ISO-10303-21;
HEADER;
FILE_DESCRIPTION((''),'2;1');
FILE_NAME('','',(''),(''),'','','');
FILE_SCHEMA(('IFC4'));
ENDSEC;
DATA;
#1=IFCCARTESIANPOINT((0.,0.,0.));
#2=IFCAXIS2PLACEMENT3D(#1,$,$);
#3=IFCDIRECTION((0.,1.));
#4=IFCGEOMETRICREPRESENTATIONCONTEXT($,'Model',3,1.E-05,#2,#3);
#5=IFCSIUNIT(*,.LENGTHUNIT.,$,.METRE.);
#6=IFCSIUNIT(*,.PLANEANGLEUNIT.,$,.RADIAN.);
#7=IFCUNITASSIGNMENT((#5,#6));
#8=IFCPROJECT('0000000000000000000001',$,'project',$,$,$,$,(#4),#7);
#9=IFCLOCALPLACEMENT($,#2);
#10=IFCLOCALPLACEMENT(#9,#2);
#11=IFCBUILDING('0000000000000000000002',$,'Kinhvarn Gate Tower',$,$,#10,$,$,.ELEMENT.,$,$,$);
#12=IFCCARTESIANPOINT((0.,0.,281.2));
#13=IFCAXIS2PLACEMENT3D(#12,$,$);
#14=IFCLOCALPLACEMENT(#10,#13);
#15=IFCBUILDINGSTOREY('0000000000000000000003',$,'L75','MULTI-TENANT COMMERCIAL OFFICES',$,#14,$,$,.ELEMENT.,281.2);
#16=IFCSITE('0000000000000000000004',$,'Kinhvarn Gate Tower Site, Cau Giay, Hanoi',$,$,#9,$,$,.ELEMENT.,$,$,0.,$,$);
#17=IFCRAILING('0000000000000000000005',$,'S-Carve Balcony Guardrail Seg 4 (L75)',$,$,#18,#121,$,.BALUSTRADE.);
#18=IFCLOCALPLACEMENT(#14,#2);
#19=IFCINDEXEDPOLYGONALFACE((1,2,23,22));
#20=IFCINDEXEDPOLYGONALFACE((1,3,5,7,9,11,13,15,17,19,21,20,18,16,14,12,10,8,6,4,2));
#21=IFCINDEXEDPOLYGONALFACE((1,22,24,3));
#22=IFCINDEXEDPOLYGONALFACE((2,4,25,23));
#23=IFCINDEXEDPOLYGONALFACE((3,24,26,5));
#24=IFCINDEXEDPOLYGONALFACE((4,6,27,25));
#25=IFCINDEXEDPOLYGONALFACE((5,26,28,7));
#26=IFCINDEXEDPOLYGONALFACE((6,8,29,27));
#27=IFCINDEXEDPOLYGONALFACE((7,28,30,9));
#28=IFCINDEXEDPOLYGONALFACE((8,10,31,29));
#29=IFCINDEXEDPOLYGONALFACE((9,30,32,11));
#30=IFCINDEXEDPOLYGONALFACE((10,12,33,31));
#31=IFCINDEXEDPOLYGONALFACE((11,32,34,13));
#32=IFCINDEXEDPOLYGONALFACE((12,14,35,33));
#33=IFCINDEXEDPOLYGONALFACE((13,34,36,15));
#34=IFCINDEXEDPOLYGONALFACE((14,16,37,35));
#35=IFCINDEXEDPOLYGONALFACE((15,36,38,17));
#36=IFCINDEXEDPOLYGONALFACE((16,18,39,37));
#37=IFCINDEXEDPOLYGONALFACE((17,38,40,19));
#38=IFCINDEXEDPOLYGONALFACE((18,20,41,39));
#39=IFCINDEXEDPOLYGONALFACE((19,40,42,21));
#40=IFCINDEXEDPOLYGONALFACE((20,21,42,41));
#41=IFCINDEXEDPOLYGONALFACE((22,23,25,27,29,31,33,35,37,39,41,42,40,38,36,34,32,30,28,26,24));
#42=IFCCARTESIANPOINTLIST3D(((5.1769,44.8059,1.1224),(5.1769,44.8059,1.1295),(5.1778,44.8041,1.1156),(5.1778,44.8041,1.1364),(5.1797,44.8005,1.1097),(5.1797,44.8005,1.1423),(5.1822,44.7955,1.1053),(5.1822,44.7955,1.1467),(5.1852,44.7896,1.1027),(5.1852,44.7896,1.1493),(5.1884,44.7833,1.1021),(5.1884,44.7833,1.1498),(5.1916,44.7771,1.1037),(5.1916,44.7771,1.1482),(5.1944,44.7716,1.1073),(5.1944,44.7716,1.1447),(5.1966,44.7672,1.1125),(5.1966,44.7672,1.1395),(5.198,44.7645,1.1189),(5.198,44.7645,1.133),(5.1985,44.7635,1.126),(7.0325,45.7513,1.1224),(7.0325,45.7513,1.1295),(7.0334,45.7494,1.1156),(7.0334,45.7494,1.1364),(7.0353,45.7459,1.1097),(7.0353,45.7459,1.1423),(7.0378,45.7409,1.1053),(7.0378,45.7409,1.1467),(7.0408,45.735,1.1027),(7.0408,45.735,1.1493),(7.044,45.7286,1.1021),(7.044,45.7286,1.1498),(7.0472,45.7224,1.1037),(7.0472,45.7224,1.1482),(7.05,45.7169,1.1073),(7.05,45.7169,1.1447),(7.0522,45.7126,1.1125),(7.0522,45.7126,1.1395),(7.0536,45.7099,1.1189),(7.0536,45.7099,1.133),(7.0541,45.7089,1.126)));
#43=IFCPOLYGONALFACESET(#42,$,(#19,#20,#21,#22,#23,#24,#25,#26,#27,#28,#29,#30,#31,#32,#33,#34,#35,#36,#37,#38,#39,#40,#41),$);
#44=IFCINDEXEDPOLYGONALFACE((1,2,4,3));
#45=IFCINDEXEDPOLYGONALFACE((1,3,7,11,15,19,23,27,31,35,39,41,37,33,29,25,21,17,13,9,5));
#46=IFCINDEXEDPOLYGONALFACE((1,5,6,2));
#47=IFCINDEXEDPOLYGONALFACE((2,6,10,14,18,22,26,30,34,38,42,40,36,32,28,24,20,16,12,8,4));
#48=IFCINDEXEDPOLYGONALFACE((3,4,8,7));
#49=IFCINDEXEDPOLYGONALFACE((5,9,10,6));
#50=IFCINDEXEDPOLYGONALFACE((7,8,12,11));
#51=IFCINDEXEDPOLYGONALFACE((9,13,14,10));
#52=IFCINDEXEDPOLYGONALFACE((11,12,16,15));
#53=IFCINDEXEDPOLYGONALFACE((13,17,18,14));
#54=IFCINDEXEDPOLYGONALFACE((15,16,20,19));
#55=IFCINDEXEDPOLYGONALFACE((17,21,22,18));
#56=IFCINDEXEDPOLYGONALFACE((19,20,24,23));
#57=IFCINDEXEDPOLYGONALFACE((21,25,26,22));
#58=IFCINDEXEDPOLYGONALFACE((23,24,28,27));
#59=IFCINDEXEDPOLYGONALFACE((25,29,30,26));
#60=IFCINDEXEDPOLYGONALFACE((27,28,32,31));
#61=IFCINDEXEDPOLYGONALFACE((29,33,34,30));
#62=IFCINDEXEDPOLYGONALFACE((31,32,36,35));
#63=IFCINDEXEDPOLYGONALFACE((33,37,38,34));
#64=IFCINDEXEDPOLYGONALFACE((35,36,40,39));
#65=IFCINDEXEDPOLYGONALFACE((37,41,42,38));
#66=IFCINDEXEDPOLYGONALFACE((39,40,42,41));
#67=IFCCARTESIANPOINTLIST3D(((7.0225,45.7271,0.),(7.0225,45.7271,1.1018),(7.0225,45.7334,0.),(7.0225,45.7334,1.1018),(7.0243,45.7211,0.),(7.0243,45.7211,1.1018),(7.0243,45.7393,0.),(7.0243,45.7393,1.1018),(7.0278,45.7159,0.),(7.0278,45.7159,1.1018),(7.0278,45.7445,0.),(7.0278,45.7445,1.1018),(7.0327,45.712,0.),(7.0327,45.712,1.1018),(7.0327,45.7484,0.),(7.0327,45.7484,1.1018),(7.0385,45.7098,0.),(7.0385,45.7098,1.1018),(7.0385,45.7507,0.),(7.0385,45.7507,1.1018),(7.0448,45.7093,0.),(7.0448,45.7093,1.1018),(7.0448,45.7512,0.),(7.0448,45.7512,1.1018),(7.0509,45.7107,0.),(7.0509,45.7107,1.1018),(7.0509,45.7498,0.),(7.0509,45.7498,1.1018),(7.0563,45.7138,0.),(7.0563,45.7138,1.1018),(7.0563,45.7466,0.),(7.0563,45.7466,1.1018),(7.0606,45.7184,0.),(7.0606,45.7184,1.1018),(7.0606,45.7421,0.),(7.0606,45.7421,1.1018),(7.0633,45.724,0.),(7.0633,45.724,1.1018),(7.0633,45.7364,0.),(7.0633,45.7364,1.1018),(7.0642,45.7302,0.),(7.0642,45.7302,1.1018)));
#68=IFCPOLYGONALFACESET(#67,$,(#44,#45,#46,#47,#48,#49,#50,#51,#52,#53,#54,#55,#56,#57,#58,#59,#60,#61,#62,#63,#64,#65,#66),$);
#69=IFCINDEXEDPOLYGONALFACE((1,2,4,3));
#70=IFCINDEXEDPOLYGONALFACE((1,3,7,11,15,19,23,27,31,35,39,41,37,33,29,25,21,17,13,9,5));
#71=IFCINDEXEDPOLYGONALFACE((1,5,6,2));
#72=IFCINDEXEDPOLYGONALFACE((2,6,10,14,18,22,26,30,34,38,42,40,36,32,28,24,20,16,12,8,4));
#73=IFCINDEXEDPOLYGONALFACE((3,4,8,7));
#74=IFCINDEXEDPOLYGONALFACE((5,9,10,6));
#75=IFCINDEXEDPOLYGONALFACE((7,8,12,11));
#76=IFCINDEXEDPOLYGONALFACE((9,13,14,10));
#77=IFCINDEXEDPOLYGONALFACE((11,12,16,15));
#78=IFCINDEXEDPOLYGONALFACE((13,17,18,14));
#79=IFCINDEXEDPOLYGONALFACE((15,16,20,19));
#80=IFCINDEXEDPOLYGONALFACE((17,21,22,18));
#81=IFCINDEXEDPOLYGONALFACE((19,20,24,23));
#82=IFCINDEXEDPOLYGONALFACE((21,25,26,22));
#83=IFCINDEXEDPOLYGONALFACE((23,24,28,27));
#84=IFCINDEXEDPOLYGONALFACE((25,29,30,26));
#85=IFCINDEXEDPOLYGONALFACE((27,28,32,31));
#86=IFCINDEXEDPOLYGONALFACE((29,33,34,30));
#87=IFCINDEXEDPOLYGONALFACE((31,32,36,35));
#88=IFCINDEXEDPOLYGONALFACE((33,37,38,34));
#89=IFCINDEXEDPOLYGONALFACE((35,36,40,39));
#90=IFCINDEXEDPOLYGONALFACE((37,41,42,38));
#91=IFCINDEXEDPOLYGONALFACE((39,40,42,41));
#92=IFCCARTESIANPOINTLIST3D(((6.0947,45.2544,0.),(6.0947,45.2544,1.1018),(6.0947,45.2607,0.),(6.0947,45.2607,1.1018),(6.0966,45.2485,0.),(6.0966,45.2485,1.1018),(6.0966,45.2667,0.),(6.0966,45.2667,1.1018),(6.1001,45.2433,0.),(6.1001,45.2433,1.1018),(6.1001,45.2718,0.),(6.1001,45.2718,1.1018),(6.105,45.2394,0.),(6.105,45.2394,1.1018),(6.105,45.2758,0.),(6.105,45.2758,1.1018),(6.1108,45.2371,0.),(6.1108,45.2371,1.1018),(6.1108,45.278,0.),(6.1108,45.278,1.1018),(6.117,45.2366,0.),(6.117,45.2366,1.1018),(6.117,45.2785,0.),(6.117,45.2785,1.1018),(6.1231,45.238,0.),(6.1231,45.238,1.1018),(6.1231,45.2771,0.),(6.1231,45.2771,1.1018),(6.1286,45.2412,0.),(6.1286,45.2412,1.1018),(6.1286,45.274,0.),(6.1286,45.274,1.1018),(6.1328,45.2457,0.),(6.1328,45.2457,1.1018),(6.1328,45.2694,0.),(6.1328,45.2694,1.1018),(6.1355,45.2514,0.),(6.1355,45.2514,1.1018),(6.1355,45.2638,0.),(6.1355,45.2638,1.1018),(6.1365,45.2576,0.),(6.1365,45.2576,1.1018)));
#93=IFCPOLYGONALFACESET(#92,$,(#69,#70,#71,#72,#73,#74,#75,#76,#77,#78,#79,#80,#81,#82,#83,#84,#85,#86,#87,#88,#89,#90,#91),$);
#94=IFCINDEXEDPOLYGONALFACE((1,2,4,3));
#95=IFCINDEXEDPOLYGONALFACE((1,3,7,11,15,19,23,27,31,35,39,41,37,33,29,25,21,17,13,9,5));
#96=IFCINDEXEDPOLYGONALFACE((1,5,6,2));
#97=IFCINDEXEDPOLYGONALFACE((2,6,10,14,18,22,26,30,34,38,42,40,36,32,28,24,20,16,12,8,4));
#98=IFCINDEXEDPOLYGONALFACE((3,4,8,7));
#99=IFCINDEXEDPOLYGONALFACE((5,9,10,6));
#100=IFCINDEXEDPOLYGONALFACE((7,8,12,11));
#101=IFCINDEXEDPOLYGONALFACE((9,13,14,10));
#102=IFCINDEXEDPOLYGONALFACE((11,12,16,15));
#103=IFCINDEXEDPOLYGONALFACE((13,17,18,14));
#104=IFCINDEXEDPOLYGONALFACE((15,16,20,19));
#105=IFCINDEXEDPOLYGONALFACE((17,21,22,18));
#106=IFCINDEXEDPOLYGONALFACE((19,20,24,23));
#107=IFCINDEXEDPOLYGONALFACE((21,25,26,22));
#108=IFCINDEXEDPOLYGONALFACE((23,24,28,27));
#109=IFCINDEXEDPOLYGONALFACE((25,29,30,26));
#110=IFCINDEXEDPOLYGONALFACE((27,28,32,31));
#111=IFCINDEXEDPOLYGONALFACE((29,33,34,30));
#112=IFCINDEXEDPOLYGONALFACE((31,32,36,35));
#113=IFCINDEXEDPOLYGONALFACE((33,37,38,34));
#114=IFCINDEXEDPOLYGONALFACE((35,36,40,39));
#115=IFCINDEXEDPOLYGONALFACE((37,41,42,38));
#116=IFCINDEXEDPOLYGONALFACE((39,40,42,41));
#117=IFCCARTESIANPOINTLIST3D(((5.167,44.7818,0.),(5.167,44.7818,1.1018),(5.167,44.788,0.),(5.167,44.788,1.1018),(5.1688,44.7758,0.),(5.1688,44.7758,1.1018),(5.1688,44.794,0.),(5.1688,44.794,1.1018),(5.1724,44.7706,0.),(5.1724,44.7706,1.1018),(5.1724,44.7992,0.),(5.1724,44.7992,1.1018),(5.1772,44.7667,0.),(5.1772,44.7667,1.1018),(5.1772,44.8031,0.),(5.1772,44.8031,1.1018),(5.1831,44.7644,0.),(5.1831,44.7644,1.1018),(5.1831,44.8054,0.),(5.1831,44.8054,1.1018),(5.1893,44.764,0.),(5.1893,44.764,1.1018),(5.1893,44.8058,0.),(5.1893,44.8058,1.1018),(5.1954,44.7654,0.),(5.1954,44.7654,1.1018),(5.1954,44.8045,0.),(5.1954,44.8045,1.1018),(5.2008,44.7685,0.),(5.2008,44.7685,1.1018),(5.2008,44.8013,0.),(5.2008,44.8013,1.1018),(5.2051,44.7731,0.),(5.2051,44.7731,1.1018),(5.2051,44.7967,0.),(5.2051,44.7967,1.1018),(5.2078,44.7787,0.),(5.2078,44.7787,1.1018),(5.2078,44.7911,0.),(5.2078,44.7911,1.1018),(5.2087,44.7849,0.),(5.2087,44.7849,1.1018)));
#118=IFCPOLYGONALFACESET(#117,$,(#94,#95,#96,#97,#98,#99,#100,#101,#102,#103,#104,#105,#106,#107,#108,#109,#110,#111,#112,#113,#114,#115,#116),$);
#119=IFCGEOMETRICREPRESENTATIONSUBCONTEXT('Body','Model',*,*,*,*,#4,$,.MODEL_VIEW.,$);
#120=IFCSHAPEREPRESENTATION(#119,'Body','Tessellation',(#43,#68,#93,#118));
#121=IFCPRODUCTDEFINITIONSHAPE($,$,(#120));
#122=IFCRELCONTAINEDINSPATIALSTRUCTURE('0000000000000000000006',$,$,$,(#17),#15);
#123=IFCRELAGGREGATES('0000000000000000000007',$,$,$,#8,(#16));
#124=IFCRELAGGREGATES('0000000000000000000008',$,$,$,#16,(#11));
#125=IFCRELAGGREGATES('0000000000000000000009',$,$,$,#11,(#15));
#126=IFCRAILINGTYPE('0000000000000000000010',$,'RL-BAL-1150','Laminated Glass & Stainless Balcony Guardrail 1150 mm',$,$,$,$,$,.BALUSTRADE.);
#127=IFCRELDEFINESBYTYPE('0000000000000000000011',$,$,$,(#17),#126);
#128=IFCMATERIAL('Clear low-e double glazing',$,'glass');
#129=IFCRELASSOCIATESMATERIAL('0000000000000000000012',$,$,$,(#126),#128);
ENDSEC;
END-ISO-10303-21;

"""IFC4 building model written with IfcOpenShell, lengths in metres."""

from ifc_helpers import new_model, si_unit, direction, frame, origin, origin_2d, place, context, subcontext, project, spatial, circle, extrude, material, type_object, element, save


model = new_model("IFC4")

# Units and contexts
model_context = context("Model", 3, precision=1e-05, world=origin(), true_north=direction((0.0, 1.0)))
body_context = subcontext(model_context, "Body", "Model", "MODEL_VIEW")
ifc_project = project(units=[si_unit("LENGTHUNIT", "METRE"), si_unit("PLANEANGLEUNIT", "RADIAN")], contexts=[model_context])

# Site, building, storey
site_placement = place(None, origin())
site = spatial("IfcSite", under=ifc_project, at=site_placement, Name="Kinhvarn Gate Tower Site, Cau Giay, Hanoi", CompositionType="ELEMENT", RefElevation=0.0)
building_placement = place(site_placement, origin())
building = spatial("IfcBuilding", under=site, at=building_placement, Name="Kinhvarn Gate Tower", CompositionType="ELEMENT")
storey_placement = place(building_placement, frame((0.0, 0.0, 281.2)))
storey = spatial("IfcBuildingStorey", under=building, at=storey_placement, Name="L75", Description="MULTI-TENANT COMMERCIAL OFFICES", CompositionType="ELEMENT", Elevation=281.2)

# Shared definitions
ifc_material_1 = material(Name="Clear low-e double glazing", Category="glass")

# Railing
railing_type = type_object("IfcRailingType", Name="RL-BAL-1150", Description="Laminated Glass & Stainless Balcony Guardrail 1150 mm", PredefinedType="BALUSTRADE", material=ifc_material_1)
railing_1_placement = place(storey_placement, frame((7.0432, 45.7302, 0.0)))
element("IfcRailing", 1, at=railing_1_placement, inside=storey, type_object=railing_type, Name="S-Carve Balcony Guardrail Seg 4 (L75)", PredefinedType="BALUSTRADE", context=body_context, shape_type="SweptSolid", body=[
    extrude(circle(Radius=0.0239, at=origin_2d()), frame((0.0, 0.0, 1.126), z_axis=(-0.891025, -0.453954, 0.0), x_axis=(0.453954, -0.891025, 0.0)), (0.0, 0.0, 1.0), 2.0825),
    extrude(circle(Radius=0.021, at=origin_2d()), origin(), (0.0, 0.0, 1.0), 1.1018),
    extrude(circle(Radius=0.021, at=origin_2d()), frame((-0.9277, -0.4727, 0.0)), (0.0, 0.0, 1.0), 1.1018),
    extrude(circle(Radius=0.021, at=origin_2d()), frame((-1.8555, -0.9453, 0.0)), (0.0, 0.0, 1.0), 1.1018),
])

save(model, "model.ifc")
